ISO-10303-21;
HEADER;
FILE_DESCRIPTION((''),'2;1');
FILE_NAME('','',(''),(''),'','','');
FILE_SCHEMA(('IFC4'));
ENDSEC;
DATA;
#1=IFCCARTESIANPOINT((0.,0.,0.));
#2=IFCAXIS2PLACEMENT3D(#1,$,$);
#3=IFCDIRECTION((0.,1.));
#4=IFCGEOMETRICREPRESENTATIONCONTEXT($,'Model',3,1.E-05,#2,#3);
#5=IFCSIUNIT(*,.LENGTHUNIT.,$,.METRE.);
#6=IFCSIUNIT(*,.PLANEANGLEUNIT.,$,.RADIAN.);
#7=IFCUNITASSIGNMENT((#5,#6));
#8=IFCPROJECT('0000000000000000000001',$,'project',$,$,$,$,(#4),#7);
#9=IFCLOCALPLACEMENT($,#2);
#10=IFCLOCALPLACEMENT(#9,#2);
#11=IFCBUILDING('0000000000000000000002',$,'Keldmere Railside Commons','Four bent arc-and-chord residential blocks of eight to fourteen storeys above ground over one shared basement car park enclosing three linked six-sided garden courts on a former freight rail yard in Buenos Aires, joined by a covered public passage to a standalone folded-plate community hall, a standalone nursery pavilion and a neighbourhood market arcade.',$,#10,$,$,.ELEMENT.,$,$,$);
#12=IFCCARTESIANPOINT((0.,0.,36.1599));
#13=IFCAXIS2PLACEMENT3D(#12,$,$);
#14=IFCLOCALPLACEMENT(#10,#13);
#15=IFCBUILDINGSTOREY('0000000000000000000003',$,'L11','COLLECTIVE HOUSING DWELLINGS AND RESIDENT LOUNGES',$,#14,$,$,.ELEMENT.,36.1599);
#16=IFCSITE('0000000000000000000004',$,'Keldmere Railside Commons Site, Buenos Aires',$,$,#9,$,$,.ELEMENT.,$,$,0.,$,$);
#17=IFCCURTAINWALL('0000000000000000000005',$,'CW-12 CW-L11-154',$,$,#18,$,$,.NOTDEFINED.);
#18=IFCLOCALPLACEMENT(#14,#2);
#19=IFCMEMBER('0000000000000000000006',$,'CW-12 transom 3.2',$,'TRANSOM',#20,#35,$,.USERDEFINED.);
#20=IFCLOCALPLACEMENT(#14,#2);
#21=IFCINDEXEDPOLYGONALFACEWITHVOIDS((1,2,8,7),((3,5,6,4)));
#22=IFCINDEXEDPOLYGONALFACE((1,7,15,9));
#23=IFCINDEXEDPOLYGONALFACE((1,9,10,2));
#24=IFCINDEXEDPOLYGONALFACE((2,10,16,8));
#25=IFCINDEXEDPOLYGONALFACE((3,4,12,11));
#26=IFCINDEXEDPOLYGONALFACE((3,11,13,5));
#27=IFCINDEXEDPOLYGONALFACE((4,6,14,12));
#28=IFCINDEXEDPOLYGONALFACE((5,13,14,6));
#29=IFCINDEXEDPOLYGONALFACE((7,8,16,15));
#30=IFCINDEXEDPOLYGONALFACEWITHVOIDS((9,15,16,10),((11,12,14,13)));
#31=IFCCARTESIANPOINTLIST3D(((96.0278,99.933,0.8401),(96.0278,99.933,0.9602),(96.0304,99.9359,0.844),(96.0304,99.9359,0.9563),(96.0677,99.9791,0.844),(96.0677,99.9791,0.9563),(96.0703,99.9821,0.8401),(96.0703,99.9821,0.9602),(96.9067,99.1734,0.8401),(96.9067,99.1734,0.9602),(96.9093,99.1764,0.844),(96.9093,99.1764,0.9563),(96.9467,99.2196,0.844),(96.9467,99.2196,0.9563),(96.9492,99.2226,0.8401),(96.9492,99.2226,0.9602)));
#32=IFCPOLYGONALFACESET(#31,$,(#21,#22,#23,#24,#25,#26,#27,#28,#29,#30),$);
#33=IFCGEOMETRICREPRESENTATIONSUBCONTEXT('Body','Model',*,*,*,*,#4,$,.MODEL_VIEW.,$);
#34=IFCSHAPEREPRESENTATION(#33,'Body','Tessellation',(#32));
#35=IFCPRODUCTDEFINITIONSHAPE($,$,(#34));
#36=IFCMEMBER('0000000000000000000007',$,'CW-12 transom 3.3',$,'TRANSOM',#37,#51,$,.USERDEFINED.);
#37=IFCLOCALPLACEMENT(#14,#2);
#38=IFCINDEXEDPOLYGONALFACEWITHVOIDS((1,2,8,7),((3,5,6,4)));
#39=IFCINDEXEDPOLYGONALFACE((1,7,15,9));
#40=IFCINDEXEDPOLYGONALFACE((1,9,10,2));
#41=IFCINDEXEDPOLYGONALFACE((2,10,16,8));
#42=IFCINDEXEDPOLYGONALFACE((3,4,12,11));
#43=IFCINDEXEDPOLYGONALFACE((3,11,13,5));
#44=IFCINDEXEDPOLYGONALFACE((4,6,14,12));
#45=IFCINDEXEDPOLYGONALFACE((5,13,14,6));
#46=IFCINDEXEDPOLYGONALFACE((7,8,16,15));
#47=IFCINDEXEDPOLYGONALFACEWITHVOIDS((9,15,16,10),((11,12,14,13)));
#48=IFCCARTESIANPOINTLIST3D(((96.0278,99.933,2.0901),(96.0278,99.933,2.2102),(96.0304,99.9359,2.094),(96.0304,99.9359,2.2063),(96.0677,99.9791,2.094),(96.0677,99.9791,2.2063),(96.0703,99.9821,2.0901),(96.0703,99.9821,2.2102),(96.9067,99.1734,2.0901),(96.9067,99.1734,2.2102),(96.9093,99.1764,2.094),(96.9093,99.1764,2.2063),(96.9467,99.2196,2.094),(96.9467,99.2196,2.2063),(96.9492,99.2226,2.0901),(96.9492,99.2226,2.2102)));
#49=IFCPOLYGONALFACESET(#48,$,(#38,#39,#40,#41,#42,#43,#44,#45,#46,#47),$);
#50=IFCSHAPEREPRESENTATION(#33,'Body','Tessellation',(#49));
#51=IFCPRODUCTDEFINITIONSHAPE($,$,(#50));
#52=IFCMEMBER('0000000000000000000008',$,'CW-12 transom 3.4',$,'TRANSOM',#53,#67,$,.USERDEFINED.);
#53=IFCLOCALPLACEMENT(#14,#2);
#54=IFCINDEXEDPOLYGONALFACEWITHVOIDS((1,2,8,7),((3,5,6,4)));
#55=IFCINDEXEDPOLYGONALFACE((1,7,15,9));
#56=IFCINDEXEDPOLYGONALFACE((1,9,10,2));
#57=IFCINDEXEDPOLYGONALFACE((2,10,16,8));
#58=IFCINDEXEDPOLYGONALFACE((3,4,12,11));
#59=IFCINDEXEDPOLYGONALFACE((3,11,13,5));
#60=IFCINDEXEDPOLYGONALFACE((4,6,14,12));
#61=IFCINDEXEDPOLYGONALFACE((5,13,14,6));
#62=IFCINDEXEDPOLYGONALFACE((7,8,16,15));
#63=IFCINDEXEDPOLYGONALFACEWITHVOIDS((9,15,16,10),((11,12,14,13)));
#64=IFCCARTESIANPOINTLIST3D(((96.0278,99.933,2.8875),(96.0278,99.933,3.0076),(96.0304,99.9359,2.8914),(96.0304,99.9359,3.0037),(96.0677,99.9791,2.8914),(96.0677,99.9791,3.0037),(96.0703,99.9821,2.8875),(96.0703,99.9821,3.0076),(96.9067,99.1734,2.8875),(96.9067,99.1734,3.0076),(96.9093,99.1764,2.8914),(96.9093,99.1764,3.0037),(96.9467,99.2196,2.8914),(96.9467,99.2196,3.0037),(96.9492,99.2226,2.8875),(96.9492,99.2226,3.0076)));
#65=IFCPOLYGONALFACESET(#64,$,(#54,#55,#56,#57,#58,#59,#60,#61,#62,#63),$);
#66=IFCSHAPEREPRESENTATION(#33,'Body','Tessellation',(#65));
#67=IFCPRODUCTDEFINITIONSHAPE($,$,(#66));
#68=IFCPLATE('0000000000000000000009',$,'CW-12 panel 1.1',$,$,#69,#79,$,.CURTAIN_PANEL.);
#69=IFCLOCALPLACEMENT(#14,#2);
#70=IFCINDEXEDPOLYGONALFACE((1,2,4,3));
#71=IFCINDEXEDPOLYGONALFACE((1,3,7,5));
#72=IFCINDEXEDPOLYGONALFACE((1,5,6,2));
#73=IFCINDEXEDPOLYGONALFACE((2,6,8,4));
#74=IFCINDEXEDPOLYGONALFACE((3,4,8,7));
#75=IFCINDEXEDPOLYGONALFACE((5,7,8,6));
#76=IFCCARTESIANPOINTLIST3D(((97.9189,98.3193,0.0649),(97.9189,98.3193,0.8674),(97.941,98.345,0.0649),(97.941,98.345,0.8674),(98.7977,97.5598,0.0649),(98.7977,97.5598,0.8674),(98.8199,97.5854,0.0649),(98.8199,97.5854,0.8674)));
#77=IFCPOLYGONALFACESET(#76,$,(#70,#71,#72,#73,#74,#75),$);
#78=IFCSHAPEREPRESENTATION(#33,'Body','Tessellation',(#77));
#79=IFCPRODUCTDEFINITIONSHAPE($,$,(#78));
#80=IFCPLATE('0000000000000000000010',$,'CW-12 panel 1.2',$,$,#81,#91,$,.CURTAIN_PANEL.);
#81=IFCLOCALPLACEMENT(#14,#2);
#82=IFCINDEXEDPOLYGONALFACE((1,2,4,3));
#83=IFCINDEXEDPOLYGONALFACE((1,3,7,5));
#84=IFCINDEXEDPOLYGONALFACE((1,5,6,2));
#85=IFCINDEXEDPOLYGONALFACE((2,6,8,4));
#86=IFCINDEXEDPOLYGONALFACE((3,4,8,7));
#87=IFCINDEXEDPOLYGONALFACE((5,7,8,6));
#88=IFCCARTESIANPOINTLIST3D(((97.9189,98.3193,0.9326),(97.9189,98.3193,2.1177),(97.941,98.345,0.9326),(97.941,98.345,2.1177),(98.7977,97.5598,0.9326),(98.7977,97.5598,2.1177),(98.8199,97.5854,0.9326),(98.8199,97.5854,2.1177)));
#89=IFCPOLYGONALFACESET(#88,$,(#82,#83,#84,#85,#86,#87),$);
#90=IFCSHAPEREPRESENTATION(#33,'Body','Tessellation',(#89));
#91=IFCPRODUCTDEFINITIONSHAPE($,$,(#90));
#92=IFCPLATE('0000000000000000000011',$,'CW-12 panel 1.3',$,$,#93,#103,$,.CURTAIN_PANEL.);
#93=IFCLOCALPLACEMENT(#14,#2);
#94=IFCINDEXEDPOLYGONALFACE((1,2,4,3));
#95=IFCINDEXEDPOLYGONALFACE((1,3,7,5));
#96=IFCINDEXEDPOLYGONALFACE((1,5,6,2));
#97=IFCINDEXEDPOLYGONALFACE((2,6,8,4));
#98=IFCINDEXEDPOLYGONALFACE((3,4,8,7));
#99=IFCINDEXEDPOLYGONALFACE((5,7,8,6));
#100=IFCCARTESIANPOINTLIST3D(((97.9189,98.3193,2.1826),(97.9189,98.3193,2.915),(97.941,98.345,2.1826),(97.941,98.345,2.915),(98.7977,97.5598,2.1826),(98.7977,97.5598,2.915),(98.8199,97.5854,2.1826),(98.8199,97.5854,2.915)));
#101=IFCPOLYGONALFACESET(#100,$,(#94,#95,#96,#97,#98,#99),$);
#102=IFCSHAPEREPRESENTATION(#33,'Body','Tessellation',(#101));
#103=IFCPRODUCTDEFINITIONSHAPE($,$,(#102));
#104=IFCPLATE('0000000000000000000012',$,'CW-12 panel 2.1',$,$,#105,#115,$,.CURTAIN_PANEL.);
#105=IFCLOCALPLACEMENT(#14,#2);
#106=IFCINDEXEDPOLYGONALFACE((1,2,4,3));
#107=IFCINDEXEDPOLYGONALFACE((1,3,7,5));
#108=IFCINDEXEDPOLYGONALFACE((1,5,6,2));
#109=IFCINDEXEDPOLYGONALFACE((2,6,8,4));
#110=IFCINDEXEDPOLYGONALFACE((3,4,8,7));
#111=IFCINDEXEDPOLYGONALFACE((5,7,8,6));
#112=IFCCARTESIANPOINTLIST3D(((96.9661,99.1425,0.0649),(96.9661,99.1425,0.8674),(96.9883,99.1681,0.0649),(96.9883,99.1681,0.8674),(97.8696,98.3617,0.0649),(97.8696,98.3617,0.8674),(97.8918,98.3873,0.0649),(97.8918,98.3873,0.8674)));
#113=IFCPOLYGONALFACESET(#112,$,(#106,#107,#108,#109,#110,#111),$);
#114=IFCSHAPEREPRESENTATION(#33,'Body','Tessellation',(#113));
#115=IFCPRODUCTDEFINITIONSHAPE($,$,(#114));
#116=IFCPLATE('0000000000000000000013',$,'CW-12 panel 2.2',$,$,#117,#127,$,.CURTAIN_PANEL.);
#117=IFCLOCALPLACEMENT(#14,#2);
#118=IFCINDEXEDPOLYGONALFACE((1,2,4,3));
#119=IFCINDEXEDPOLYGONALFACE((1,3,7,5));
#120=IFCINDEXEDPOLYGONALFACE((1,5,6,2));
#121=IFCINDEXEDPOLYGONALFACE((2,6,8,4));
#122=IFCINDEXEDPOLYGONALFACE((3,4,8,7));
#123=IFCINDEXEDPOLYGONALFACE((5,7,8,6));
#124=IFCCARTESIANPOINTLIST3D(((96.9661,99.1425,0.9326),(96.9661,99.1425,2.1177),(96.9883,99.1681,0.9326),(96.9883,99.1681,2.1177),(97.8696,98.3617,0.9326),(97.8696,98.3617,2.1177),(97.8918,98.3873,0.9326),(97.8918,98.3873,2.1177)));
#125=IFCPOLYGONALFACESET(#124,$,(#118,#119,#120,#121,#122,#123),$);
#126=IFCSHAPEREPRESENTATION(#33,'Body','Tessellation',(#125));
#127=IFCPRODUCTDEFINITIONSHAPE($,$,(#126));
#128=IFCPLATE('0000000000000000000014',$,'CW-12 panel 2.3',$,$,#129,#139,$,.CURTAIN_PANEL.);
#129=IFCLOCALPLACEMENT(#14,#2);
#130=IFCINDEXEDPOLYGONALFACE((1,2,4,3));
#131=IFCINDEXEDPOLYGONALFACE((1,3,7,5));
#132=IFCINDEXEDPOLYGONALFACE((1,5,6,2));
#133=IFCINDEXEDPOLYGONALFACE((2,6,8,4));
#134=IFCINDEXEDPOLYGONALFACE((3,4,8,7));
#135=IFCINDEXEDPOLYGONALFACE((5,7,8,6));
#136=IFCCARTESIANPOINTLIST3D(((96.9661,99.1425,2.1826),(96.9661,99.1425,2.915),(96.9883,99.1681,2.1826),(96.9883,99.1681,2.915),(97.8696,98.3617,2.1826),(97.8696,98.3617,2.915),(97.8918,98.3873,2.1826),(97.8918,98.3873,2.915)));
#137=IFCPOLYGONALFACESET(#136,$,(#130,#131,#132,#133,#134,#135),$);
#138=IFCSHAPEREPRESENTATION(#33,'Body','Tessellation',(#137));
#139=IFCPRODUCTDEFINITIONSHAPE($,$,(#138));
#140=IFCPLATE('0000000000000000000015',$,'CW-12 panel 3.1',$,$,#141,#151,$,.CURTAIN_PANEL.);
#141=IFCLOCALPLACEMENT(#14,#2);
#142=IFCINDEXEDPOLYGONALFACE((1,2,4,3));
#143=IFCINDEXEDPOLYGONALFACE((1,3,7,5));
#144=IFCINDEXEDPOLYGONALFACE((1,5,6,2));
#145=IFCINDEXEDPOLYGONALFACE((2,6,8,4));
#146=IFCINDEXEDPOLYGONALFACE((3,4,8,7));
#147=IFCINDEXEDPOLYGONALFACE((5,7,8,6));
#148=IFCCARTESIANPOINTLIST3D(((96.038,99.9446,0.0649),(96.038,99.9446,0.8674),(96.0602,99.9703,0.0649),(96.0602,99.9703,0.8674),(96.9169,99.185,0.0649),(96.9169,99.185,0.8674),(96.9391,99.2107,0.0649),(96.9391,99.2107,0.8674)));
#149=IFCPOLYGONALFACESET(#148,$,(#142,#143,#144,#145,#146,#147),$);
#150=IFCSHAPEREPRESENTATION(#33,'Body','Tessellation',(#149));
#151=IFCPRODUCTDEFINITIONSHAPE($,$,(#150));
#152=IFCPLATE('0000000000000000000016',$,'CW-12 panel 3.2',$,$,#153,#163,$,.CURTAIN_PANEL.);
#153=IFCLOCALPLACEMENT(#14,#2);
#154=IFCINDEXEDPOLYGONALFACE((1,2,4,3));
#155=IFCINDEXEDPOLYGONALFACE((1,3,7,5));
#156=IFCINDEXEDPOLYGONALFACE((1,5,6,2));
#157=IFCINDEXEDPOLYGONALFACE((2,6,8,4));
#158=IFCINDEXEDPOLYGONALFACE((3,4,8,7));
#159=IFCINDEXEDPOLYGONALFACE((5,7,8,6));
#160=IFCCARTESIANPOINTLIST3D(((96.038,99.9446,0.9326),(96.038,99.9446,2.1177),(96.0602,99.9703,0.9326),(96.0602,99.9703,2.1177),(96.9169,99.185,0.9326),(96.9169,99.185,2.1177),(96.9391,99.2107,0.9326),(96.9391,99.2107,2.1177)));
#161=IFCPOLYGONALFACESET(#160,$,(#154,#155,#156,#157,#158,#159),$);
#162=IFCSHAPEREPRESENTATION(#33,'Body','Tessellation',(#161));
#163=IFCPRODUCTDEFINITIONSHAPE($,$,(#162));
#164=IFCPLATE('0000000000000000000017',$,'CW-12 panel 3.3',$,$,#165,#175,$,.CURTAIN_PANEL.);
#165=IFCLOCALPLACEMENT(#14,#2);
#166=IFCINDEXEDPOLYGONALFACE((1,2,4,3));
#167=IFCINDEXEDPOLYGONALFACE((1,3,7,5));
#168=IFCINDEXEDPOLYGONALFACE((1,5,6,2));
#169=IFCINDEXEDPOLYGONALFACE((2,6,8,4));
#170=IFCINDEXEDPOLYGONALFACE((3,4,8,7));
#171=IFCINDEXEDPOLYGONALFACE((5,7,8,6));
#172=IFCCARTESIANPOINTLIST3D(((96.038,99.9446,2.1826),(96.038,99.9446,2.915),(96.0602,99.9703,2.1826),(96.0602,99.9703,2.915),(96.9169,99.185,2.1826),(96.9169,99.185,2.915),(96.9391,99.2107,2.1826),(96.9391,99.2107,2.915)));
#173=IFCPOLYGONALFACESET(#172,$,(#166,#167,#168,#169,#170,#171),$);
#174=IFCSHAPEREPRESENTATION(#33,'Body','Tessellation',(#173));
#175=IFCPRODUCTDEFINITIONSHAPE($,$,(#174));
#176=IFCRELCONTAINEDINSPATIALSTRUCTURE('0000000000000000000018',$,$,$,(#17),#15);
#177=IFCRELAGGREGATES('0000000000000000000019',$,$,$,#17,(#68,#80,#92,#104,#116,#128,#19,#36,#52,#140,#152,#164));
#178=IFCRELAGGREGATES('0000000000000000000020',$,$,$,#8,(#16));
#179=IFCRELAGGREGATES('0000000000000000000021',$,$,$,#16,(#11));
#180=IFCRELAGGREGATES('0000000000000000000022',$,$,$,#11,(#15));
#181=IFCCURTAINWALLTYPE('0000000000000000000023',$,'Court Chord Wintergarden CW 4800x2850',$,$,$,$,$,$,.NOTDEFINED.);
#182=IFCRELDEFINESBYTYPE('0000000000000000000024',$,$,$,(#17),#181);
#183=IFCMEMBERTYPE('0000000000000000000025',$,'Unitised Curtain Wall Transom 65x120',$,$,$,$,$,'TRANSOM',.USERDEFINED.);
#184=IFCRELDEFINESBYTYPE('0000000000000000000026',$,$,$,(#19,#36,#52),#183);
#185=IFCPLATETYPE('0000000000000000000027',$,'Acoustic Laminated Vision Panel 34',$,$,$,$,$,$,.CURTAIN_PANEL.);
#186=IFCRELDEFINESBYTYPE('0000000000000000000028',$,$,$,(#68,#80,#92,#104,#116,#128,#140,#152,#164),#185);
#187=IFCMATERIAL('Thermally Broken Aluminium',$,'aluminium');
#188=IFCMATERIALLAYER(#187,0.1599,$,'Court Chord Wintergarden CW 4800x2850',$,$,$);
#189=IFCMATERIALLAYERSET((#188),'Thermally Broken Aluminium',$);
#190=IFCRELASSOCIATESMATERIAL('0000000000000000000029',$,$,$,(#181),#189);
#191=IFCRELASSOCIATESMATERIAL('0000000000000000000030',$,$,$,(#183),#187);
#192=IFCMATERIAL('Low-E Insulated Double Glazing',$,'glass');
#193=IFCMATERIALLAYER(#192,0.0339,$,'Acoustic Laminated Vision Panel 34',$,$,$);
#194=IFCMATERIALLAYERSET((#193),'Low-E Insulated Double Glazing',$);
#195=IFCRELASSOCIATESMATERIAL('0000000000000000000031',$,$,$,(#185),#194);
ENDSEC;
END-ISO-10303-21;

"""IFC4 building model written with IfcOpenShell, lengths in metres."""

from ifc_helpers import new_model, si_unit, direction, frame, origin, origin_2d, place, context, subcontext, project, spatial, rectangle, hollow_rectangle, extrude, material, layer, layer_set, material_profile, profile_set, type_object, element, aggregate, save


model = new_model("IFC4")

# Units and contexts
model_context = context("Model", 3, precision=1e-05, world=origin(), true_north=direction((0.0, 1.0)))
body_context = subcontext(model_context, "Body", "Model", "MODEL_VIEW")
ifc_project = project(units=[si_unit("LENGTHUNIT", "METRE"), si_unit("PLANEANGLEUNIT", "RADIAN")], contexts=[model_context])

# Site, building, storey
site_placement = place(None, origin())
site = spatial("IfcSite", under=ifc_project, at=site_placement, Name="Keldmere Railside Commons Site, Buenos Aires", CompositionType="ELEMENT", RefElevation=0.0)
building_placement = place(site_placement, origin())
building = spatial("IfcBuilding", under=site, at=building_placement, Name="Keldmere Railside Commons", Description="Four bent arc-and-chord residential blocks of eight to fourteen storeys above ground over one shared basement car park enclosing three linked six-sided garden courts on a former freight rail yard in Buenos Aires, joined by a covered public passage to a standalone folded-plate community hall, a standalone nursery pavilion and a neighbourhood market arcade.", CompositionType="ELEMENT")
storey_placement = place(building_placement, frame((0.0, 0.0, 36.1599)))
storey = spatial("IfcBuildingStorey", under=building, at=storey_placement, Name="L11", Description="COLLECTIVE HOUSING DWELLINGS AND RESIDENT LOUNGES", CompositionType="ELEMENT", Elevation=36.1599)

# Curtain wall, members, plates
ifc_material_1 = material(Name="Thermally Broken Aluminium", Category="aluminium")
ifc_layer_1 = layer(ifc_material_1, 0.1599, Name="Court Chord Wintergarden CW 4800x2850")
ifc_layer_set_1 = layer_set([ifc_layer_1], Name="Thermally Broken Aluminium")
curtain_wall_type = type_object("IfcCurtainWallType", Name="Court Chord Wintergarden CW 4800x2850", PredefinedType="NOTDEFINED", material=ifc_layer_set_1)
curtain_wall_placement = place(storey_placement, origin())
curtain_wall = element("IfcCurtainWall", 1, at=curtain_wall_placement, inside=storey, type_object=curtain_wall_type, Name="CW-12 CW-L11-154", PredefinedType="NOTDEFINED")
ifc_material_profile_1 = material_profile(ifc_material_1, hollow_rectangle(XDim=0.0649, YDim=0.1201, WallThickness=0.0039, at=origin_2d()), Name="ALU-TRAN-65x120")
ifc_profile_set_1 = profile_set([ifc_material_profile_1], Name="Thermally Broken Aluminium")
member_type_1 = type_object("IfcMemberType", Name="Unitised Curtain Wall Transom 65x120", ElementType="TRANSOM", PredefinedType="USERDEFINED", material=ifc_profile_set_1)
member_1_placement = place(storey_placement, frame((96.928, 99.198, 0.9001), z_axis=(-0.756624, 0.65385, 0.0), x_axis=(-0.65385, -0.756624, 0.0)))
member_1 = element("IfcMember", 2, at=member_1_placement, type_object=member_type_1, Name="CW-12 transom 3.2", ObjectType="TRANSOM", PredefinedType="USERDEFINED", context=body_context, shape_type="SweptSolid", body=[
    extrude(hollow_rectangle(XDim=0.0649, YDim=0.1201, WallThickness=0.0039, at=origin_2d()), origin(), (0.0, 0.0, 1.0), 1.1616),
])
member_2_placement = place(storey_placement, frame((96.928, 99.198, 2.1501), z_axis=(-0.756624, 0.65385, 0.0), x_axis=(-0.65385, -0.756624, 0.0)))
member_2 = element("IfcMember", 3, at=member_2_placement, type_object=member_type_1, Name="CW-12 transom 3.3", ObjectType="TRANSOM", PredefinedType="USERDEFINED", context=body_context, shape_type="SweptSolid", body=[
    extrude(hollow_rectangle(XDim=0.0649, YDim=0.1201, WallThickness=0.0039, at=origin_2d()), origin(), (0.0, 0.0, 1.0), 1.1616),
])
member_3_placement = place(storey_placement, frame((96.928, 99.198, 2.9475), z_axis=(-0.756624, 0.65385, 0.0), x_axis=(-0.65385, -0.756624, 0.0)))
member_3 = element("IfcMember", 4, at=member_3_placement, type_object=member_type_1, Name="CW-12 transom 3.4", ObjectType="TRANSOM", PredefinedType="USERDEFINED", context=body_context, shape_type="SweptSolid", body=[
    extrude(hollow_rectangle(XDim=0.0649, YDim=0.1201, WallThickness=0.0039, at=origin_2d()), origin(), (0.0, 0.0, 1.0), 1.1616),
])
ifc_material_2 = material(Name="Low-E Insulated Double Glazing", Category="glass")
ifc_layer_2 = layer(ifc_material_2, 0.0339, Name="Acoustic Laminated Vision Panel 34")
ifc_layer_set_2 = layer_set([ifc_layer_2], Name="Low-E Insulated Double Glazing")
plate_type = type_object("IfcPlateType", Name="Acoustic Laminated Vision Panel 34", PredefinedType="CURTAIN_PANEL", material=ifc_layer_set_2)
plate_1_placement = place(storey_placement, frame((98.3694, 97.9524, 0.0649), z_axis=(0.0, 0.0, 1.0), x_axis=(-0.756597, 0.653882, 0.0)))
plate_1 = element("IfcPlate", 5, at=plate_1_placement, type_object=plate_type, Name="CW-12 panel 1.1", PredefinedType="CURTAIN_PANEL", context=body_context, shape_type="SweptSolid", body=[
    extrude(rectangle(XDim=1.1616, YDim=0.0339, at=origin_2d()), origin(), (0.0, 0.0, 1.0), 0.8025),
])
plate_2_placement = place(storey_placement, frame((98.3694, 97.9524, 0.9326), z_axis=(0.0, 0.0, 1.0), x_axis=(-0.756597, 0.653882, 0.0)))
plate_2 = element("IfcPlate", 6, at=plate_2_placement, type_object=plate_type, Name="CW-12 panel 1.2", PredefinedType="CURTAIN_PANEL", context=body_context, shape_type="SweptSolid", body=[
    extrude(rectangle(XDim=1.1616, YDim=0.0339, at=origin_2d()), origin(), (0.0, 0.0, 1.0), 1.1851),
])
plate_3_placement = place(storey_placement, frame((98.3694, 97.9524, 2.1826), z_axis=(0.0, 0.0, 1.0), x_axis=(-0.756597, 0.653882, 0.0)))
plate_3 = element("IfcPlate", 7, at=plate_3_placement, type_object=plate_type, Name="CW-12 panel 1.3", PredefinedType="CURTAIN_PANEL", context=body_context, shape_type="SweptSolid", body=[
    extrude(rectangle(XDim=1.1616, YDim=0.0339, at=origin_2d()), origin(), (0.0, 0.0, 1.0), 0.7324),
])
plate_4_placement = place(storey_placement, frame((97.429, 98.7649, 0.0649), z_axis=(0.0, 0.0, 1.0), x_axis=(-0.756597, 0.653882, 0.0)))
plate_4 = element("IfcPlate", 8, at=plate_4_placement, type_object=plate_type, Name="CW-12 panel 2.1", PredefinedType="CURTAIN_PANEL", context=body_context, shape_type="SweptSolid", body=[
    extrude(rectangle(XDim=1.1941, YDim=0.0339, at=origin_2d()), origin(), (0.0, 0.0, 1.0), 0.8025),
])
plate_5_placement = place(storey_placement, frame((97.429, 98.7649, 0.9326), z_axis=(0.0, 0.0, 1.0), x_axis=(-0.756597, 0.653882, 0.0)))
plate_5 = element("IfcPlate", 9, at=plate_5_placement, type_object=plate_type, Name="CW-12 panel 2.2", PredefinedType="CURTAIN_PANEL", context=body_context, shape_type="SweptSolid", body=[
    extrude(rectangle(XDim=1.1941, YDim=0.0339, at=origin_2d()), origin(), (0.0, 0.0, 1.0), 1.1851),
])
plate_6_placement = place(storey_placement, frame((97.429, 98.7649, 2.1826), z_axis=(0.0, 0.0, 1.0), x_axis=(-0.756597, 0.653882, 0.0)))
plate_6 = element("IfcPlate", 10, at=plate_6_placement, type_object=plate_type, Name="CW-12 panel 2.3", PredefinedType="CURTAIN_PANEL", context=body_context, shape_type="SweptSolid", body=[
    extrude(rectangle(XDim=1.1941, YDim=0.0339, at=origin_2d()), origin(), (0.0, 0.0, 1.0), 0.7324),
])
plate_7_placement = place(storey_placement, frame((96.4885, 99.5776, 0.0649), z_axis=(0.0, 0.0, 1.0), x_axis=(-0.756597, 0.653882, 0.0)))
plate_7 = element("IfcPlate", 11, at=plate_7_placement, type_object=plate_type, Name="CW-12 panel 3.1", PredefinedType="CURTAIN_PANEL", context=body_context, shape_type="SweptSolid", body=[
    extrude(rectangle(XDim=1.1616, YDim=0.0339, at=origin_2d()), origin(), (0.0, 0.0, 1.0), 0.8025),
])
plate_8_placement = place(storey_placement, frame((96.4885, 99.5776, 0.9326), z_axis=(0.0, 0.0, 1.0), x_axis=(-0.756597, 0.653882, 0.0)))
plate_8 = element("IfcPlate", 12, at=plate_8_placement, type_object=plate_type, Name="CW-12 panel 3.2", PredefinedType="CURTAIN_PANEL", context=body_context, shape_type="SweptSolid", body=[
    extrude(rectangle(XDim=1.1616, YDim=0.0339, at=origin_2d()), origin(), (0.0, 0.0, 1.0), 1.1851),
])
plate_9_placement = place(storey_placement, frame((96.4885, 99.5776, 2.1826), z_axis=(0.0, 0.0, 1.0), x_axis=(-0.756597, 0.653882, 0.0)))
plate_9 = element("IfcPlate", 13, at=plate_9_placement, type_object=plate_type, Name="CW-12 panel 3.3", PredefinedType="CURTAIN_PANEL", context=body_context, shape_type="SweptSolid", body=[
    extrude(rectangle(XDim=1.1616, YDim=0.0339, at=origin_2d()), origin(), (0.0, 0.0, 1.0), 0.7324),
])
aggregate(curtain_wall, [plate_1, plate_2, plate_3, plate_4, plate_5, plate_6, member_1, member_2, member_3, plate_7, plate_8, plate_9])

save(model, "model.ifc")
